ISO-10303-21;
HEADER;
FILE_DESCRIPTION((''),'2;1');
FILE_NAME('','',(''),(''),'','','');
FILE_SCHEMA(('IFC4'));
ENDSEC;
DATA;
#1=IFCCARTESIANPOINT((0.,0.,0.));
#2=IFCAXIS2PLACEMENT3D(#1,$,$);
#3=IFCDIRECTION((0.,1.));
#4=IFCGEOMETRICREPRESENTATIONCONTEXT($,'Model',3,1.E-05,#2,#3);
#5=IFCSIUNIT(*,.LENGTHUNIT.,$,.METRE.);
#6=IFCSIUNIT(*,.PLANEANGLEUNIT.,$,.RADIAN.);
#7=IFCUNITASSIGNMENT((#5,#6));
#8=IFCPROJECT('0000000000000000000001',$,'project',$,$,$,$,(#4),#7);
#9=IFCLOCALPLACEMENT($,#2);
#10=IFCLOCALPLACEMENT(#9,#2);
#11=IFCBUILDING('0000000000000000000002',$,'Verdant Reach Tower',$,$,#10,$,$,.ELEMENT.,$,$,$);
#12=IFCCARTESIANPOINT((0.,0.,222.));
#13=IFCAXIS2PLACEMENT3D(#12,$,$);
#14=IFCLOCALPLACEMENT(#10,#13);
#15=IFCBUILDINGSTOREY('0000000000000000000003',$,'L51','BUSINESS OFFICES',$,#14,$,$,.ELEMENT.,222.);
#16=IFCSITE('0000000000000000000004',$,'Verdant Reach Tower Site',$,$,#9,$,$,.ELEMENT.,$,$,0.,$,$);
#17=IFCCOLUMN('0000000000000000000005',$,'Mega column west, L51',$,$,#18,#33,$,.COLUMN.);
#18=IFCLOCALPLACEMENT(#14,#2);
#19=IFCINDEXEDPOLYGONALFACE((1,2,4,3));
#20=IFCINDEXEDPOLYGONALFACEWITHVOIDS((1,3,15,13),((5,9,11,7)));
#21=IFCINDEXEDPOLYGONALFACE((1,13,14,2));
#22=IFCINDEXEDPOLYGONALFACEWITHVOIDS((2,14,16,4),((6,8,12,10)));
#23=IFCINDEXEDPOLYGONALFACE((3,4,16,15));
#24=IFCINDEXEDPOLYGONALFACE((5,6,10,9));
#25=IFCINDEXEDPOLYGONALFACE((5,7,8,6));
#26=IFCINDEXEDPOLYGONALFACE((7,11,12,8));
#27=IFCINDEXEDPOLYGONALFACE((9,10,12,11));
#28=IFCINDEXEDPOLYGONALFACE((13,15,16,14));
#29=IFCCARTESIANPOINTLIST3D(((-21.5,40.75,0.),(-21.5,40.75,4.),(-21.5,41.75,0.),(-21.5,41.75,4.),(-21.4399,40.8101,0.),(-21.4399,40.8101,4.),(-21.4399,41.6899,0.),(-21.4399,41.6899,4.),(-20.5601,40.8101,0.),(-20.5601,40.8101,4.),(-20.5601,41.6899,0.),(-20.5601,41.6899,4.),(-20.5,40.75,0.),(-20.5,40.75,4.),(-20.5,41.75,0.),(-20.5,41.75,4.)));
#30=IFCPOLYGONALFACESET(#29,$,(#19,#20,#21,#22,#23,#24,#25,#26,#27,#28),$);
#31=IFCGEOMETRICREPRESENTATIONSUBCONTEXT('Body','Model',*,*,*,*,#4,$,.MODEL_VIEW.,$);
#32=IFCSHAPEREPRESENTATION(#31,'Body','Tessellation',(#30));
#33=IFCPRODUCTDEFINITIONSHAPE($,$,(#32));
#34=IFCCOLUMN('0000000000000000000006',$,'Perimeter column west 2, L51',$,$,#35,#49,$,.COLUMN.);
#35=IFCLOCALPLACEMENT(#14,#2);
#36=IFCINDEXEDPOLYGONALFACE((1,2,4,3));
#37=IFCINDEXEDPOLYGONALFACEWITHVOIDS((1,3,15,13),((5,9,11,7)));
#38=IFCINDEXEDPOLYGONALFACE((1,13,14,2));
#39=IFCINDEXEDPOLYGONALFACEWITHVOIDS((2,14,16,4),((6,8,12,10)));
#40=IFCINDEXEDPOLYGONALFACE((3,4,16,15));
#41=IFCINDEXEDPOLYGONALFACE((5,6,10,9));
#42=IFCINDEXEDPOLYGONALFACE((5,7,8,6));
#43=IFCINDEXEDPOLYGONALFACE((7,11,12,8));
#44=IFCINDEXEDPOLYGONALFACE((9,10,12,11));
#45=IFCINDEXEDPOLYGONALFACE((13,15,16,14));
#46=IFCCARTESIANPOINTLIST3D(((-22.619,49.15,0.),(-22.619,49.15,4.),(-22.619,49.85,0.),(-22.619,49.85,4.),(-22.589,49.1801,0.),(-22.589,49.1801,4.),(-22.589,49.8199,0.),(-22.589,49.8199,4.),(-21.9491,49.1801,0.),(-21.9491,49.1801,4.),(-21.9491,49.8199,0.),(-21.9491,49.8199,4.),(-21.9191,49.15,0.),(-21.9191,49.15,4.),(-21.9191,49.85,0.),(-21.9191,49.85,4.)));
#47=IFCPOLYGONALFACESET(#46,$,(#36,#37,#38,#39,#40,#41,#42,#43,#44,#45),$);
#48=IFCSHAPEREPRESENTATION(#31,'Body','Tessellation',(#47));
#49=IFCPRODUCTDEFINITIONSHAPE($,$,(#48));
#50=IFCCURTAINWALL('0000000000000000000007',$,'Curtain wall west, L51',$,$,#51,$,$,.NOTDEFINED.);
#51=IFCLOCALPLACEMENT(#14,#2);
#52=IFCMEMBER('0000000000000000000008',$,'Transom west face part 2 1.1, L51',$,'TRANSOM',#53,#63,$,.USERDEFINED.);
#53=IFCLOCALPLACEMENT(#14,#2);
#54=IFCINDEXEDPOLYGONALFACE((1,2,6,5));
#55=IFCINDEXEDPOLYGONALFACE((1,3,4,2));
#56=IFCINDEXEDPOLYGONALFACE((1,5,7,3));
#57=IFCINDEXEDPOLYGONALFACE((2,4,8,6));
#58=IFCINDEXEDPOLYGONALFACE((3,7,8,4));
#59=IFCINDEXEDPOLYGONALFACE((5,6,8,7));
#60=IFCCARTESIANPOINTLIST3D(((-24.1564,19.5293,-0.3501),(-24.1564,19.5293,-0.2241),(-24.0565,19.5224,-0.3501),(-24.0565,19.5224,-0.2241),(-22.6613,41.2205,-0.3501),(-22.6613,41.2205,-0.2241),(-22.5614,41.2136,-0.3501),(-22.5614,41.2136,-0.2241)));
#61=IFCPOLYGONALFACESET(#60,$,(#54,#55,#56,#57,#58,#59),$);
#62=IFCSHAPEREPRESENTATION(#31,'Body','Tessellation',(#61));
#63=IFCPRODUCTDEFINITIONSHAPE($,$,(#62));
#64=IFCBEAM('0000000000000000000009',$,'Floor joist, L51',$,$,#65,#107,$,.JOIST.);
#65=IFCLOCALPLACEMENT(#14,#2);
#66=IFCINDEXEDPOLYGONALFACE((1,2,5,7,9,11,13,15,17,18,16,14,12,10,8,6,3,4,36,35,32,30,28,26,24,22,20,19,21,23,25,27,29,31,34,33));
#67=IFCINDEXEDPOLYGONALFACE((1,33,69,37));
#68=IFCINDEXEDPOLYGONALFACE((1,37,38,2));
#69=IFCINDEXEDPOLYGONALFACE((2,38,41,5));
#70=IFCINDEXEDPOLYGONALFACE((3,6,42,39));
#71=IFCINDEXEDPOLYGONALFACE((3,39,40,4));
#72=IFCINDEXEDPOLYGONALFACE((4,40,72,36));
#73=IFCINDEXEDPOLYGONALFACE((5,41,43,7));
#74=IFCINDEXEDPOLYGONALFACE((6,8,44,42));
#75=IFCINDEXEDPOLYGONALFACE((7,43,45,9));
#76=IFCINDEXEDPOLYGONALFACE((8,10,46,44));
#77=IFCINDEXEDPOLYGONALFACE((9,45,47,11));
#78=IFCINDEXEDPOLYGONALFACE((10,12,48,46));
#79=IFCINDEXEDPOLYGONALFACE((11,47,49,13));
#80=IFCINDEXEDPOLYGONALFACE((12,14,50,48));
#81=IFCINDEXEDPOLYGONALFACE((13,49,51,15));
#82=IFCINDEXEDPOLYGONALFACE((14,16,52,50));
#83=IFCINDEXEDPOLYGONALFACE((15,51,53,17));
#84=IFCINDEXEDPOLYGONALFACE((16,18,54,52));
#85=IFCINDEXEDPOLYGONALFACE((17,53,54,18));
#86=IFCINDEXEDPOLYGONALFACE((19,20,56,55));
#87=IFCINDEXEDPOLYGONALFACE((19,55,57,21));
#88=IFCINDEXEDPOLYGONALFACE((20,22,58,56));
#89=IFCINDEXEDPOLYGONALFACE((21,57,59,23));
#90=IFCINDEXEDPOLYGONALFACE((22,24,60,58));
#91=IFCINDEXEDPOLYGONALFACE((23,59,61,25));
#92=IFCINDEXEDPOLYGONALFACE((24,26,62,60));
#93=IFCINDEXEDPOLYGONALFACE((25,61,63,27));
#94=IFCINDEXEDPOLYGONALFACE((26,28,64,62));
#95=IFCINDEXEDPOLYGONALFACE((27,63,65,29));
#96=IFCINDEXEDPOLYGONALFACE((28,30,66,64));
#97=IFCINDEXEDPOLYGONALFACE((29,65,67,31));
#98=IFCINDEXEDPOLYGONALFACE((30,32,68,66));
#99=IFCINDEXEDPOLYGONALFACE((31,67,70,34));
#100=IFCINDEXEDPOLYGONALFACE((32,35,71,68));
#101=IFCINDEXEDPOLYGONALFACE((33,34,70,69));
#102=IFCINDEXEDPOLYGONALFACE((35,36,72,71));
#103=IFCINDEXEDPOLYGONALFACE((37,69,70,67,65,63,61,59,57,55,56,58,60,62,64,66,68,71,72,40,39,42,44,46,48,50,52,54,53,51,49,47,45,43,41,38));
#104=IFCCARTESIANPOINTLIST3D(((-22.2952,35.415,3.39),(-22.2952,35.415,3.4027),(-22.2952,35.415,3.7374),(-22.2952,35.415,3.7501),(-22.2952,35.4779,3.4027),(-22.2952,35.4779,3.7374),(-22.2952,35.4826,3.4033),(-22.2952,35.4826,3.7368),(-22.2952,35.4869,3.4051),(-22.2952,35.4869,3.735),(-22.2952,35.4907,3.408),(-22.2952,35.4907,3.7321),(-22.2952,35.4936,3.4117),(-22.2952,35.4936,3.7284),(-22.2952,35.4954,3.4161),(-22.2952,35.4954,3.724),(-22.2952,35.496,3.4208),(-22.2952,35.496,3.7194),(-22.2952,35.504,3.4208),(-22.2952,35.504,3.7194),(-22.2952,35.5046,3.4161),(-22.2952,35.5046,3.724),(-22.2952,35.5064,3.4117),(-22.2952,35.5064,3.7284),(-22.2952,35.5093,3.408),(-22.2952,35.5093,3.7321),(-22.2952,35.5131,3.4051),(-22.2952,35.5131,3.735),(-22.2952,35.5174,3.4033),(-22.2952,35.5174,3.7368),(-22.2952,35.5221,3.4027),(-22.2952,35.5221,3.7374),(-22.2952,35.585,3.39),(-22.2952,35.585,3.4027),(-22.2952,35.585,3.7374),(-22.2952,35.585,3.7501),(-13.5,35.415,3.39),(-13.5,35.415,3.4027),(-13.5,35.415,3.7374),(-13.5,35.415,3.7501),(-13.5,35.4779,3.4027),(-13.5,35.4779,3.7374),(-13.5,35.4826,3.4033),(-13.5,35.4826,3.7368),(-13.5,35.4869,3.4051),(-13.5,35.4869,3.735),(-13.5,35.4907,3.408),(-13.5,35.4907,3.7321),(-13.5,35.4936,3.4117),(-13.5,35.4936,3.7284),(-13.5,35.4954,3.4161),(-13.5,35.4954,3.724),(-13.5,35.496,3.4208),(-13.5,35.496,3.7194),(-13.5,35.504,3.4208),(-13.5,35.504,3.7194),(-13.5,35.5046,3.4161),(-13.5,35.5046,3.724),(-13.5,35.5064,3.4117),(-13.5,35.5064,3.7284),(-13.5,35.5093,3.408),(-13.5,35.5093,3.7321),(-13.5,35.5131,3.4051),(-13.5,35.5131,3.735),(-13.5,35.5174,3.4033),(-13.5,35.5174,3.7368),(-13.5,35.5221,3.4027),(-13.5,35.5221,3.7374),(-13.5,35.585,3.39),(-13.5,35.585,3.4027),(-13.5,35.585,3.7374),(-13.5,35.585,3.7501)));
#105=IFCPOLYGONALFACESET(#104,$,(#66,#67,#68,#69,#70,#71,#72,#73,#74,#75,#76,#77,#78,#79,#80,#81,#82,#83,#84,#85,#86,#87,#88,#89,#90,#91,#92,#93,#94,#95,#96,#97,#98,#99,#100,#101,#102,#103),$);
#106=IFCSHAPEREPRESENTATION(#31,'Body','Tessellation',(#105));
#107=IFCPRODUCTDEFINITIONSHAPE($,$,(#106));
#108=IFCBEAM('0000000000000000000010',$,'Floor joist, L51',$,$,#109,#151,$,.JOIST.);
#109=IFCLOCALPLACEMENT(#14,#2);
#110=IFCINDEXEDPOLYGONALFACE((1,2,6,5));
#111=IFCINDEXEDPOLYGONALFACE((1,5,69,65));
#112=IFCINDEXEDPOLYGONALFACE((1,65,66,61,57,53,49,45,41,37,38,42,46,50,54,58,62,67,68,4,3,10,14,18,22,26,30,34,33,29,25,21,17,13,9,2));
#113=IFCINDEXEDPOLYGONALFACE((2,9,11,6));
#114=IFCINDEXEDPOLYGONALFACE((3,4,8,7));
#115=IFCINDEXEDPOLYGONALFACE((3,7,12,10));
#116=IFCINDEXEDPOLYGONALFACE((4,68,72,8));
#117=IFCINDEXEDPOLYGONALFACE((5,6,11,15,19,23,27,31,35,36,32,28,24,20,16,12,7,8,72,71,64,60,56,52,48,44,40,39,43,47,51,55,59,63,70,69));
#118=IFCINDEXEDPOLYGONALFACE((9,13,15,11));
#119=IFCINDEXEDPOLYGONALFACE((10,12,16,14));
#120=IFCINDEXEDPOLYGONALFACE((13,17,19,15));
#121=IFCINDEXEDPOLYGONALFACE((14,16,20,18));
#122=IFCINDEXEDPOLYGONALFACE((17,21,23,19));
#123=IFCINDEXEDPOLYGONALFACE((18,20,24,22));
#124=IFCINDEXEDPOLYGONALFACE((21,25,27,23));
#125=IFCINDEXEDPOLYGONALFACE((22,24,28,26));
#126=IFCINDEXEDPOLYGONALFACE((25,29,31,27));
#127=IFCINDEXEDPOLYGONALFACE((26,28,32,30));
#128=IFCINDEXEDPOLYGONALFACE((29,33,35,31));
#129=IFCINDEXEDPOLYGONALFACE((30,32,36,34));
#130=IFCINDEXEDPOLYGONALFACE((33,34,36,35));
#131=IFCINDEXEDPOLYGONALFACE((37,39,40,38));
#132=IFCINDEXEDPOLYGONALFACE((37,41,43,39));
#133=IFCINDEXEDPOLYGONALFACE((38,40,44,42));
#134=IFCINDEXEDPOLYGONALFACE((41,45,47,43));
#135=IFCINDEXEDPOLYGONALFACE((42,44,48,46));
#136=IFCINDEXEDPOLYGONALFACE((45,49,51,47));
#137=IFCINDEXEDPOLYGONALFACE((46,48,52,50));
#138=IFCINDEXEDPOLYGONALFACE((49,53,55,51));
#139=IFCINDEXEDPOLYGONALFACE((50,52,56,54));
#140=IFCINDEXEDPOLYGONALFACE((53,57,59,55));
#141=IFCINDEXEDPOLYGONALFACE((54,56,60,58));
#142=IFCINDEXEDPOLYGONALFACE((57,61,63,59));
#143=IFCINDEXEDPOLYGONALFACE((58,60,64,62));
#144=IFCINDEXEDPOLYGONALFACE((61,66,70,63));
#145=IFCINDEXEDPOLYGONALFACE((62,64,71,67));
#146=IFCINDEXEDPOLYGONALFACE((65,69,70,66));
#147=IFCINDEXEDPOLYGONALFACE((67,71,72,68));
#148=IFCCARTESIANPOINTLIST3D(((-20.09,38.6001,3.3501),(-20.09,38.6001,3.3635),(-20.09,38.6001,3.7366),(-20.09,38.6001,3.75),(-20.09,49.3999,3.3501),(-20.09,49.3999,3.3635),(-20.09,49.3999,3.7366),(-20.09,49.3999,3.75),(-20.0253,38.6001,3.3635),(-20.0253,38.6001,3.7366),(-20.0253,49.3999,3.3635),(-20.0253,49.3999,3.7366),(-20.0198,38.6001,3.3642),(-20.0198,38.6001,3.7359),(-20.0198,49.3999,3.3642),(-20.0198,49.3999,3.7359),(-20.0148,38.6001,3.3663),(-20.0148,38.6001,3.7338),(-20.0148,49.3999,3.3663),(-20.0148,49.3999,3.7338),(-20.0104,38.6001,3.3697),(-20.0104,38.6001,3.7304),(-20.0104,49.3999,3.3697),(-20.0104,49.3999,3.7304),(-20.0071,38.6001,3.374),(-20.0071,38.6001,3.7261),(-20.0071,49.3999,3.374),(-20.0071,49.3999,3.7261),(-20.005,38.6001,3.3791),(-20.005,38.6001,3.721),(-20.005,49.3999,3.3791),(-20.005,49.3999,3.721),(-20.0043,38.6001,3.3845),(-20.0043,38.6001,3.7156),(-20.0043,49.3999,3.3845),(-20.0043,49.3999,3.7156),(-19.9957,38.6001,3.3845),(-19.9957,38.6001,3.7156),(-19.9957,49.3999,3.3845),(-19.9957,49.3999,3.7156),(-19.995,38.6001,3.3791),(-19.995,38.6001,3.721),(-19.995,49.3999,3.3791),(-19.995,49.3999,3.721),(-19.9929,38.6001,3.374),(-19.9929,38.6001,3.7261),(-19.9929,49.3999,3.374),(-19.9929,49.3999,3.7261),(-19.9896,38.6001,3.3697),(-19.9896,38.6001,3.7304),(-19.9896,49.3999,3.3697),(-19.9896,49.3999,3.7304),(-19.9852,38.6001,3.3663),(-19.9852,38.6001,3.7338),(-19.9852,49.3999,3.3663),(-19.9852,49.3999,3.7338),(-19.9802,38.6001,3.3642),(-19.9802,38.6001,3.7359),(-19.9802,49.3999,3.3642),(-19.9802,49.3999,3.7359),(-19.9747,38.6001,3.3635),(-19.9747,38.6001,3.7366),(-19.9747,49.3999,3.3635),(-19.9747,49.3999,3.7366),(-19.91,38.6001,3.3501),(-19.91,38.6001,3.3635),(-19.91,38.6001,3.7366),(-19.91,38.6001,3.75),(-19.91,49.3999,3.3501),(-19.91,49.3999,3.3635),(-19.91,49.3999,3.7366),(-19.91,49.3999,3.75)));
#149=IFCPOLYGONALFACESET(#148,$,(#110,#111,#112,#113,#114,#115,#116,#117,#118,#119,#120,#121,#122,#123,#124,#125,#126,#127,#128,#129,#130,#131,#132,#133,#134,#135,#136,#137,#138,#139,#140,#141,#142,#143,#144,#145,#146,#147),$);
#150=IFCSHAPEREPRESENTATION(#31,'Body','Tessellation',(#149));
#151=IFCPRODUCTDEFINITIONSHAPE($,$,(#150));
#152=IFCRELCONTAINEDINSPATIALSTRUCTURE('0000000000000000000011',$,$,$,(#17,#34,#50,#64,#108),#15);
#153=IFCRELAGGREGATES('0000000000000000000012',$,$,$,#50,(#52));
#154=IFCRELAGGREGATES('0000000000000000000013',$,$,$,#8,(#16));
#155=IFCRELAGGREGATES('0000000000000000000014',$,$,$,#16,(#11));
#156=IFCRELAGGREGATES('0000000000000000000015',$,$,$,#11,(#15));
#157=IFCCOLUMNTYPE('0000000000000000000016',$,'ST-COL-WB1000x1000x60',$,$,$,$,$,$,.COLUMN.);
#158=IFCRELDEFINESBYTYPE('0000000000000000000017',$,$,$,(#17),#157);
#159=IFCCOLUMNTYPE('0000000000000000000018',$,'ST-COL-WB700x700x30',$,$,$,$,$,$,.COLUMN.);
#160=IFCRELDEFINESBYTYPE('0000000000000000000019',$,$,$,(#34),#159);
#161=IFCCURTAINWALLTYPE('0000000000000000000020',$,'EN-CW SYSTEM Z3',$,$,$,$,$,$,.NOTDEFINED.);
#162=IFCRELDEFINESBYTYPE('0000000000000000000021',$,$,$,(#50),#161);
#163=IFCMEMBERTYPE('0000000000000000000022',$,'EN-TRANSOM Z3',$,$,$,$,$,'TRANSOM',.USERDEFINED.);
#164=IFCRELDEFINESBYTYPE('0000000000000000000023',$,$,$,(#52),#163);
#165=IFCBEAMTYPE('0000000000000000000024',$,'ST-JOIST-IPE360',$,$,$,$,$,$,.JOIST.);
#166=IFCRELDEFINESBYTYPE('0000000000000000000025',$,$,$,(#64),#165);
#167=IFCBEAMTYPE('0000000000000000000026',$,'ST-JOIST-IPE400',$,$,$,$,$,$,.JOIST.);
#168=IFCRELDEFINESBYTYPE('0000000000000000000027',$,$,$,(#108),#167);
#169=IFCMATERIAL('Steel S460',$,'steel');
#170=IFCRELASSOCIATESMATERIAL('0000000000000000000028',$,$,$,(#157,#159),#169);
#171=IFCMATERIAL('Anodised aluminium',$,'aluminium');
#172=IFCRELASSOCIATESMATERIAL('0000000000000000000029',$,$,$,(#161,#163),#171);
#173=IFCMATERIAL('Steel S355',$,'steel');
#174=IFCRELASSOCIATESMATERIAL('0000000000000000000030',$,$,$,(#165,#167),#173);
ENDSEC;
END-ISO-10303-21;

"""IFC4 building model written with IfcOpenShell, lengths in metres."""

from ifc_helpers import new_model, si_unit, direction, frame, origin, origin_2d, place, context, subcontext, project, spatial, rectangle, hollow_rectangle, i_section, extrude, material, material_profile, profile_set, type_object, element, aggregate, save


model = new_model("IFC4")

# Units and contexts
model_context = context("Model", 3, precision=1e-05, world=origin(), true_north=direction((0.0, 1.0)))
body_context = subcontext(model_context, "Body", "Model", "MODEL_VIEW")
ifc_project = project(units=[si_unit("LENGTHUNIT", "METRE"), si_unit("PLANEANGLEUNIT", "RADIAN")], contexts=[model_context])

# Site, building, storey
site_placement = place(None, origin())
site = spatial("IfcSite", under=ifc_project, at=site_placement, Name="Verdant Reach Tower Site", CompositionType="ELEMENT", RefElevation=0.0)
building_placement = place(site_placement, origin())
building = spatial("IfcBuilding", under=site, at=building_placement, Name="Verdant Reach Tower", CompositionType="ELEMENT")
storey_placement = place(building_placement, frame((0.0, 0.0, 222.0)))
storey = spatial("IfcBuildingStorey", under=building, at=storey_placement, Name="L51", Description="BUSINESS OFFICES", CompositionType="ELEMENT", Elevation=222.0)

# Columns
ifc_material_1 = material(Name="Steel S460", Category="steel")
ifc_material_profile_1 = material_profile(ifc_material_1, hollow_rectangle(XDim=1.0, YDim=1.0, WallThickness=0.0601, at=origin_2d()), Name="WB 1000x1000x60")
ifc_profile_set_1 = profile_set([ifc_material_profile_1], Name="Steel S460")
column_type_1 = type_object("IfcColumnType", Name="ST-COL-WB1000x1000x60", PredefinedType="COLUMN", material=ifc_profile_set_1)
column_1_placement = place(storey_placement, frame((-21.0, 41.25, 0.0), z_axis=(0.0, 0.0, 1.0), x_axis=(1.0, 0.0, 0.0)))
element("IfcColumn", 1, at=column_1_placement, inside=storey, type_object=column_type_1, Name="Mega column west, L51", PredefinedType="COLUMN", context=body_context, shape_type="SweptSolid", body=[
    extrude(hollow_rectangle(XDim=1.0, YDim=1.0, WallThickness=0.0601, at=origin_2d()), origin(), (0.0, 0.0, 1.0), 4.0),
])
ifc_material_profile_2 = material_profile(ifc_material_1, hollow_rectangle(XDim=0.7, YDim=0.7, WallThickness=0.03, at=origin_2d()), Name="WB 700x700x30")
ifc_profile_set_2 = profile_set([ifc_material_profile_2], Name="Steel S460")
column_type_2 = type_object("IfcColumnType", Name="ST-COL-WB700x700x30", PredefinedType="COLUMN", material=ifc_profile_set_2)
column_2_placement = place(storey_placement, frame((-22.269, 49.5, 0.0), z_axis=(0.0, 0.0, 1.0), x_axis=(1.0, 0.0, 0.0)))
element("IfcColumn", 2, at=column_2_placement, inside=storey, type_object=column_type_2, Name="Perimeter column west 2, L51", PredefinedType="COLUMN", context=body_context, shape_type="SweptSolid", body=[
    extrude(hollow_rectangle(XDim=0.7, YDim=0.7, WallThickness=0.03, at=origin_2d()), origin(), (0.0, 0.0, 1.0), 4.0),
])

# Curtain wall, member
ifc_material_2 = material(Name="Anodised aluminium", Category="aluminium")
curtain_wall_type = type_object("IfcCurtainWallType", Name="EN-CW SYSTEM Z3", PredefinedType="NOTDEFINED", material=ifc_material_2)
curtain_wall_placement = place(storey_placement, origin())
curtain_wall = element("IfcCurtainWall", 3, at=curtain_wall_placement, inside=storey, type_object=curtain_wall_type, Name="Curtain wall west, L51", PredefinedType="NOTDEFINED")
ifc_material_profile_3 = material_profile(ifc_material_2, rectangle(XDim=0.1001, YDim=0.126, at=origin_2d()), Name="Transom 126x100")
ifc_profile_set_3 = profile_set([ifc_material_profile_3], Name="Anodised aluminium")
member_type = type_object("IfcMemberType", Name="EN-TRANSOM Z3", ElementType="TRANSOM", PredefinedType="USERDEFINED", material=ifc_profile_set_3)
member_placement = place(storey_placement, frame((-22.6113, 41.217, -0.2871), z_axis=(-0.068764, -0.997633, 0.0), x_axis=(0.997633, -0.068764, 0.0)))
member = element("IfcMember", 4, at=member_placement, type_object=member_type, Name="Transom west face part 2 1.1, L51", ObjectType="TRANSOM", PredefinedType="USERDEFINED", context=body_context, shape_type="SweptSolid", body=[
    extrude(rectangle(XDim=0.1001, YDim=0.126, at=origin_2d()), origin(), (0.0, 0.0, 1.0), 21.7427),
])

# Beams
ifc_material_3 = material(Name="Steel S355", Category="steel")
ifc_material_profile_4 = material_profile(ifc_material_3, i_section(OverallWidth=0.1699, OverallDepth=0.3601, WebThickness=0.0081, FlangeThickness=0.0127, FilletRadius=0.0181, at=origin_2d()), Name="IPE 360")
ifc_profile_set_4 = profile_set([ifc_material_profile_4], Name="Steel S355")
beam_type_1 = type_object("IfcBeamType", Name="ST-JOIST-IPE360", PredefinedType="JOIST", material=ifc_profile_set_4)
beam_1_placement = place(storey_placement, frame((-13.5, 35.5, 3.5701), z_axis=(-1.0, 0.0, 0.0), x_axis=(0.0, -1.0, 0.0)))
element("IfcBeam", 5, at=beam_1_placement, inside=storey, type_object=beam_type_1, Name="Floor joist, L51", PredefinedType="JOIST", context=body_context, shape_type="SweptSolid", body=[
    extrude(i_section(OverallWidth=0.1699, OverallDepth=0.3601, WebThickness=0.0081, FlangeThickness=0.0127, FilletRadius=0.0181, at=origin_2d()), origin(), (0.0, 0.0, 1.0), 8.7952),
])
ifc_material_profile_5 = material_profile(ifc_material_3, i_section(OverallWidth=0.1799, OverallDepth=0.3999, WebThickness=0.0085, FlangeThickness=0.0134, FilletRadius=0.021, at=origin_2d()), Name="IPE 400")
ifc_profile_set_5 = profile_set([ifc_material_profile_5], Name="Steel S355")
beam_type_2 = type_object("IfcBeamType", Name="ST-JOIST-IPE400", PredefinedType="JOIST", material=ifc_profile_set_5)
for number, where, z_axis, x_axis, name in (
    (6, (-20.0, 38.6001, 3.55), (0.0, 1.0, 0.0), (-1.0, 0.0, 0.0), "Floor joist, L51"),
):
    element("IfcBeam", number, at=place(storey_placement, frame(where, z_axis=z_axis, x_axis=x_axis)), inside=storey, type_object=beam_type_2, Name=name, PredefinedType="JOIST", context=body_context, shape_type="SweptSolid", body=[
        extrude(i_section(OverallWidth=0.1799, OverallDepth=0.3999, WebThickness=0.0085, FlangeThickness=0.0134, FilletRadius=0.021, at=origin_2d()), origin(), (0.0, 0.0, 1.0), 10.7998),
    ])

aggregate(curtain_wall, [member])

save(model, "model.ifc")
